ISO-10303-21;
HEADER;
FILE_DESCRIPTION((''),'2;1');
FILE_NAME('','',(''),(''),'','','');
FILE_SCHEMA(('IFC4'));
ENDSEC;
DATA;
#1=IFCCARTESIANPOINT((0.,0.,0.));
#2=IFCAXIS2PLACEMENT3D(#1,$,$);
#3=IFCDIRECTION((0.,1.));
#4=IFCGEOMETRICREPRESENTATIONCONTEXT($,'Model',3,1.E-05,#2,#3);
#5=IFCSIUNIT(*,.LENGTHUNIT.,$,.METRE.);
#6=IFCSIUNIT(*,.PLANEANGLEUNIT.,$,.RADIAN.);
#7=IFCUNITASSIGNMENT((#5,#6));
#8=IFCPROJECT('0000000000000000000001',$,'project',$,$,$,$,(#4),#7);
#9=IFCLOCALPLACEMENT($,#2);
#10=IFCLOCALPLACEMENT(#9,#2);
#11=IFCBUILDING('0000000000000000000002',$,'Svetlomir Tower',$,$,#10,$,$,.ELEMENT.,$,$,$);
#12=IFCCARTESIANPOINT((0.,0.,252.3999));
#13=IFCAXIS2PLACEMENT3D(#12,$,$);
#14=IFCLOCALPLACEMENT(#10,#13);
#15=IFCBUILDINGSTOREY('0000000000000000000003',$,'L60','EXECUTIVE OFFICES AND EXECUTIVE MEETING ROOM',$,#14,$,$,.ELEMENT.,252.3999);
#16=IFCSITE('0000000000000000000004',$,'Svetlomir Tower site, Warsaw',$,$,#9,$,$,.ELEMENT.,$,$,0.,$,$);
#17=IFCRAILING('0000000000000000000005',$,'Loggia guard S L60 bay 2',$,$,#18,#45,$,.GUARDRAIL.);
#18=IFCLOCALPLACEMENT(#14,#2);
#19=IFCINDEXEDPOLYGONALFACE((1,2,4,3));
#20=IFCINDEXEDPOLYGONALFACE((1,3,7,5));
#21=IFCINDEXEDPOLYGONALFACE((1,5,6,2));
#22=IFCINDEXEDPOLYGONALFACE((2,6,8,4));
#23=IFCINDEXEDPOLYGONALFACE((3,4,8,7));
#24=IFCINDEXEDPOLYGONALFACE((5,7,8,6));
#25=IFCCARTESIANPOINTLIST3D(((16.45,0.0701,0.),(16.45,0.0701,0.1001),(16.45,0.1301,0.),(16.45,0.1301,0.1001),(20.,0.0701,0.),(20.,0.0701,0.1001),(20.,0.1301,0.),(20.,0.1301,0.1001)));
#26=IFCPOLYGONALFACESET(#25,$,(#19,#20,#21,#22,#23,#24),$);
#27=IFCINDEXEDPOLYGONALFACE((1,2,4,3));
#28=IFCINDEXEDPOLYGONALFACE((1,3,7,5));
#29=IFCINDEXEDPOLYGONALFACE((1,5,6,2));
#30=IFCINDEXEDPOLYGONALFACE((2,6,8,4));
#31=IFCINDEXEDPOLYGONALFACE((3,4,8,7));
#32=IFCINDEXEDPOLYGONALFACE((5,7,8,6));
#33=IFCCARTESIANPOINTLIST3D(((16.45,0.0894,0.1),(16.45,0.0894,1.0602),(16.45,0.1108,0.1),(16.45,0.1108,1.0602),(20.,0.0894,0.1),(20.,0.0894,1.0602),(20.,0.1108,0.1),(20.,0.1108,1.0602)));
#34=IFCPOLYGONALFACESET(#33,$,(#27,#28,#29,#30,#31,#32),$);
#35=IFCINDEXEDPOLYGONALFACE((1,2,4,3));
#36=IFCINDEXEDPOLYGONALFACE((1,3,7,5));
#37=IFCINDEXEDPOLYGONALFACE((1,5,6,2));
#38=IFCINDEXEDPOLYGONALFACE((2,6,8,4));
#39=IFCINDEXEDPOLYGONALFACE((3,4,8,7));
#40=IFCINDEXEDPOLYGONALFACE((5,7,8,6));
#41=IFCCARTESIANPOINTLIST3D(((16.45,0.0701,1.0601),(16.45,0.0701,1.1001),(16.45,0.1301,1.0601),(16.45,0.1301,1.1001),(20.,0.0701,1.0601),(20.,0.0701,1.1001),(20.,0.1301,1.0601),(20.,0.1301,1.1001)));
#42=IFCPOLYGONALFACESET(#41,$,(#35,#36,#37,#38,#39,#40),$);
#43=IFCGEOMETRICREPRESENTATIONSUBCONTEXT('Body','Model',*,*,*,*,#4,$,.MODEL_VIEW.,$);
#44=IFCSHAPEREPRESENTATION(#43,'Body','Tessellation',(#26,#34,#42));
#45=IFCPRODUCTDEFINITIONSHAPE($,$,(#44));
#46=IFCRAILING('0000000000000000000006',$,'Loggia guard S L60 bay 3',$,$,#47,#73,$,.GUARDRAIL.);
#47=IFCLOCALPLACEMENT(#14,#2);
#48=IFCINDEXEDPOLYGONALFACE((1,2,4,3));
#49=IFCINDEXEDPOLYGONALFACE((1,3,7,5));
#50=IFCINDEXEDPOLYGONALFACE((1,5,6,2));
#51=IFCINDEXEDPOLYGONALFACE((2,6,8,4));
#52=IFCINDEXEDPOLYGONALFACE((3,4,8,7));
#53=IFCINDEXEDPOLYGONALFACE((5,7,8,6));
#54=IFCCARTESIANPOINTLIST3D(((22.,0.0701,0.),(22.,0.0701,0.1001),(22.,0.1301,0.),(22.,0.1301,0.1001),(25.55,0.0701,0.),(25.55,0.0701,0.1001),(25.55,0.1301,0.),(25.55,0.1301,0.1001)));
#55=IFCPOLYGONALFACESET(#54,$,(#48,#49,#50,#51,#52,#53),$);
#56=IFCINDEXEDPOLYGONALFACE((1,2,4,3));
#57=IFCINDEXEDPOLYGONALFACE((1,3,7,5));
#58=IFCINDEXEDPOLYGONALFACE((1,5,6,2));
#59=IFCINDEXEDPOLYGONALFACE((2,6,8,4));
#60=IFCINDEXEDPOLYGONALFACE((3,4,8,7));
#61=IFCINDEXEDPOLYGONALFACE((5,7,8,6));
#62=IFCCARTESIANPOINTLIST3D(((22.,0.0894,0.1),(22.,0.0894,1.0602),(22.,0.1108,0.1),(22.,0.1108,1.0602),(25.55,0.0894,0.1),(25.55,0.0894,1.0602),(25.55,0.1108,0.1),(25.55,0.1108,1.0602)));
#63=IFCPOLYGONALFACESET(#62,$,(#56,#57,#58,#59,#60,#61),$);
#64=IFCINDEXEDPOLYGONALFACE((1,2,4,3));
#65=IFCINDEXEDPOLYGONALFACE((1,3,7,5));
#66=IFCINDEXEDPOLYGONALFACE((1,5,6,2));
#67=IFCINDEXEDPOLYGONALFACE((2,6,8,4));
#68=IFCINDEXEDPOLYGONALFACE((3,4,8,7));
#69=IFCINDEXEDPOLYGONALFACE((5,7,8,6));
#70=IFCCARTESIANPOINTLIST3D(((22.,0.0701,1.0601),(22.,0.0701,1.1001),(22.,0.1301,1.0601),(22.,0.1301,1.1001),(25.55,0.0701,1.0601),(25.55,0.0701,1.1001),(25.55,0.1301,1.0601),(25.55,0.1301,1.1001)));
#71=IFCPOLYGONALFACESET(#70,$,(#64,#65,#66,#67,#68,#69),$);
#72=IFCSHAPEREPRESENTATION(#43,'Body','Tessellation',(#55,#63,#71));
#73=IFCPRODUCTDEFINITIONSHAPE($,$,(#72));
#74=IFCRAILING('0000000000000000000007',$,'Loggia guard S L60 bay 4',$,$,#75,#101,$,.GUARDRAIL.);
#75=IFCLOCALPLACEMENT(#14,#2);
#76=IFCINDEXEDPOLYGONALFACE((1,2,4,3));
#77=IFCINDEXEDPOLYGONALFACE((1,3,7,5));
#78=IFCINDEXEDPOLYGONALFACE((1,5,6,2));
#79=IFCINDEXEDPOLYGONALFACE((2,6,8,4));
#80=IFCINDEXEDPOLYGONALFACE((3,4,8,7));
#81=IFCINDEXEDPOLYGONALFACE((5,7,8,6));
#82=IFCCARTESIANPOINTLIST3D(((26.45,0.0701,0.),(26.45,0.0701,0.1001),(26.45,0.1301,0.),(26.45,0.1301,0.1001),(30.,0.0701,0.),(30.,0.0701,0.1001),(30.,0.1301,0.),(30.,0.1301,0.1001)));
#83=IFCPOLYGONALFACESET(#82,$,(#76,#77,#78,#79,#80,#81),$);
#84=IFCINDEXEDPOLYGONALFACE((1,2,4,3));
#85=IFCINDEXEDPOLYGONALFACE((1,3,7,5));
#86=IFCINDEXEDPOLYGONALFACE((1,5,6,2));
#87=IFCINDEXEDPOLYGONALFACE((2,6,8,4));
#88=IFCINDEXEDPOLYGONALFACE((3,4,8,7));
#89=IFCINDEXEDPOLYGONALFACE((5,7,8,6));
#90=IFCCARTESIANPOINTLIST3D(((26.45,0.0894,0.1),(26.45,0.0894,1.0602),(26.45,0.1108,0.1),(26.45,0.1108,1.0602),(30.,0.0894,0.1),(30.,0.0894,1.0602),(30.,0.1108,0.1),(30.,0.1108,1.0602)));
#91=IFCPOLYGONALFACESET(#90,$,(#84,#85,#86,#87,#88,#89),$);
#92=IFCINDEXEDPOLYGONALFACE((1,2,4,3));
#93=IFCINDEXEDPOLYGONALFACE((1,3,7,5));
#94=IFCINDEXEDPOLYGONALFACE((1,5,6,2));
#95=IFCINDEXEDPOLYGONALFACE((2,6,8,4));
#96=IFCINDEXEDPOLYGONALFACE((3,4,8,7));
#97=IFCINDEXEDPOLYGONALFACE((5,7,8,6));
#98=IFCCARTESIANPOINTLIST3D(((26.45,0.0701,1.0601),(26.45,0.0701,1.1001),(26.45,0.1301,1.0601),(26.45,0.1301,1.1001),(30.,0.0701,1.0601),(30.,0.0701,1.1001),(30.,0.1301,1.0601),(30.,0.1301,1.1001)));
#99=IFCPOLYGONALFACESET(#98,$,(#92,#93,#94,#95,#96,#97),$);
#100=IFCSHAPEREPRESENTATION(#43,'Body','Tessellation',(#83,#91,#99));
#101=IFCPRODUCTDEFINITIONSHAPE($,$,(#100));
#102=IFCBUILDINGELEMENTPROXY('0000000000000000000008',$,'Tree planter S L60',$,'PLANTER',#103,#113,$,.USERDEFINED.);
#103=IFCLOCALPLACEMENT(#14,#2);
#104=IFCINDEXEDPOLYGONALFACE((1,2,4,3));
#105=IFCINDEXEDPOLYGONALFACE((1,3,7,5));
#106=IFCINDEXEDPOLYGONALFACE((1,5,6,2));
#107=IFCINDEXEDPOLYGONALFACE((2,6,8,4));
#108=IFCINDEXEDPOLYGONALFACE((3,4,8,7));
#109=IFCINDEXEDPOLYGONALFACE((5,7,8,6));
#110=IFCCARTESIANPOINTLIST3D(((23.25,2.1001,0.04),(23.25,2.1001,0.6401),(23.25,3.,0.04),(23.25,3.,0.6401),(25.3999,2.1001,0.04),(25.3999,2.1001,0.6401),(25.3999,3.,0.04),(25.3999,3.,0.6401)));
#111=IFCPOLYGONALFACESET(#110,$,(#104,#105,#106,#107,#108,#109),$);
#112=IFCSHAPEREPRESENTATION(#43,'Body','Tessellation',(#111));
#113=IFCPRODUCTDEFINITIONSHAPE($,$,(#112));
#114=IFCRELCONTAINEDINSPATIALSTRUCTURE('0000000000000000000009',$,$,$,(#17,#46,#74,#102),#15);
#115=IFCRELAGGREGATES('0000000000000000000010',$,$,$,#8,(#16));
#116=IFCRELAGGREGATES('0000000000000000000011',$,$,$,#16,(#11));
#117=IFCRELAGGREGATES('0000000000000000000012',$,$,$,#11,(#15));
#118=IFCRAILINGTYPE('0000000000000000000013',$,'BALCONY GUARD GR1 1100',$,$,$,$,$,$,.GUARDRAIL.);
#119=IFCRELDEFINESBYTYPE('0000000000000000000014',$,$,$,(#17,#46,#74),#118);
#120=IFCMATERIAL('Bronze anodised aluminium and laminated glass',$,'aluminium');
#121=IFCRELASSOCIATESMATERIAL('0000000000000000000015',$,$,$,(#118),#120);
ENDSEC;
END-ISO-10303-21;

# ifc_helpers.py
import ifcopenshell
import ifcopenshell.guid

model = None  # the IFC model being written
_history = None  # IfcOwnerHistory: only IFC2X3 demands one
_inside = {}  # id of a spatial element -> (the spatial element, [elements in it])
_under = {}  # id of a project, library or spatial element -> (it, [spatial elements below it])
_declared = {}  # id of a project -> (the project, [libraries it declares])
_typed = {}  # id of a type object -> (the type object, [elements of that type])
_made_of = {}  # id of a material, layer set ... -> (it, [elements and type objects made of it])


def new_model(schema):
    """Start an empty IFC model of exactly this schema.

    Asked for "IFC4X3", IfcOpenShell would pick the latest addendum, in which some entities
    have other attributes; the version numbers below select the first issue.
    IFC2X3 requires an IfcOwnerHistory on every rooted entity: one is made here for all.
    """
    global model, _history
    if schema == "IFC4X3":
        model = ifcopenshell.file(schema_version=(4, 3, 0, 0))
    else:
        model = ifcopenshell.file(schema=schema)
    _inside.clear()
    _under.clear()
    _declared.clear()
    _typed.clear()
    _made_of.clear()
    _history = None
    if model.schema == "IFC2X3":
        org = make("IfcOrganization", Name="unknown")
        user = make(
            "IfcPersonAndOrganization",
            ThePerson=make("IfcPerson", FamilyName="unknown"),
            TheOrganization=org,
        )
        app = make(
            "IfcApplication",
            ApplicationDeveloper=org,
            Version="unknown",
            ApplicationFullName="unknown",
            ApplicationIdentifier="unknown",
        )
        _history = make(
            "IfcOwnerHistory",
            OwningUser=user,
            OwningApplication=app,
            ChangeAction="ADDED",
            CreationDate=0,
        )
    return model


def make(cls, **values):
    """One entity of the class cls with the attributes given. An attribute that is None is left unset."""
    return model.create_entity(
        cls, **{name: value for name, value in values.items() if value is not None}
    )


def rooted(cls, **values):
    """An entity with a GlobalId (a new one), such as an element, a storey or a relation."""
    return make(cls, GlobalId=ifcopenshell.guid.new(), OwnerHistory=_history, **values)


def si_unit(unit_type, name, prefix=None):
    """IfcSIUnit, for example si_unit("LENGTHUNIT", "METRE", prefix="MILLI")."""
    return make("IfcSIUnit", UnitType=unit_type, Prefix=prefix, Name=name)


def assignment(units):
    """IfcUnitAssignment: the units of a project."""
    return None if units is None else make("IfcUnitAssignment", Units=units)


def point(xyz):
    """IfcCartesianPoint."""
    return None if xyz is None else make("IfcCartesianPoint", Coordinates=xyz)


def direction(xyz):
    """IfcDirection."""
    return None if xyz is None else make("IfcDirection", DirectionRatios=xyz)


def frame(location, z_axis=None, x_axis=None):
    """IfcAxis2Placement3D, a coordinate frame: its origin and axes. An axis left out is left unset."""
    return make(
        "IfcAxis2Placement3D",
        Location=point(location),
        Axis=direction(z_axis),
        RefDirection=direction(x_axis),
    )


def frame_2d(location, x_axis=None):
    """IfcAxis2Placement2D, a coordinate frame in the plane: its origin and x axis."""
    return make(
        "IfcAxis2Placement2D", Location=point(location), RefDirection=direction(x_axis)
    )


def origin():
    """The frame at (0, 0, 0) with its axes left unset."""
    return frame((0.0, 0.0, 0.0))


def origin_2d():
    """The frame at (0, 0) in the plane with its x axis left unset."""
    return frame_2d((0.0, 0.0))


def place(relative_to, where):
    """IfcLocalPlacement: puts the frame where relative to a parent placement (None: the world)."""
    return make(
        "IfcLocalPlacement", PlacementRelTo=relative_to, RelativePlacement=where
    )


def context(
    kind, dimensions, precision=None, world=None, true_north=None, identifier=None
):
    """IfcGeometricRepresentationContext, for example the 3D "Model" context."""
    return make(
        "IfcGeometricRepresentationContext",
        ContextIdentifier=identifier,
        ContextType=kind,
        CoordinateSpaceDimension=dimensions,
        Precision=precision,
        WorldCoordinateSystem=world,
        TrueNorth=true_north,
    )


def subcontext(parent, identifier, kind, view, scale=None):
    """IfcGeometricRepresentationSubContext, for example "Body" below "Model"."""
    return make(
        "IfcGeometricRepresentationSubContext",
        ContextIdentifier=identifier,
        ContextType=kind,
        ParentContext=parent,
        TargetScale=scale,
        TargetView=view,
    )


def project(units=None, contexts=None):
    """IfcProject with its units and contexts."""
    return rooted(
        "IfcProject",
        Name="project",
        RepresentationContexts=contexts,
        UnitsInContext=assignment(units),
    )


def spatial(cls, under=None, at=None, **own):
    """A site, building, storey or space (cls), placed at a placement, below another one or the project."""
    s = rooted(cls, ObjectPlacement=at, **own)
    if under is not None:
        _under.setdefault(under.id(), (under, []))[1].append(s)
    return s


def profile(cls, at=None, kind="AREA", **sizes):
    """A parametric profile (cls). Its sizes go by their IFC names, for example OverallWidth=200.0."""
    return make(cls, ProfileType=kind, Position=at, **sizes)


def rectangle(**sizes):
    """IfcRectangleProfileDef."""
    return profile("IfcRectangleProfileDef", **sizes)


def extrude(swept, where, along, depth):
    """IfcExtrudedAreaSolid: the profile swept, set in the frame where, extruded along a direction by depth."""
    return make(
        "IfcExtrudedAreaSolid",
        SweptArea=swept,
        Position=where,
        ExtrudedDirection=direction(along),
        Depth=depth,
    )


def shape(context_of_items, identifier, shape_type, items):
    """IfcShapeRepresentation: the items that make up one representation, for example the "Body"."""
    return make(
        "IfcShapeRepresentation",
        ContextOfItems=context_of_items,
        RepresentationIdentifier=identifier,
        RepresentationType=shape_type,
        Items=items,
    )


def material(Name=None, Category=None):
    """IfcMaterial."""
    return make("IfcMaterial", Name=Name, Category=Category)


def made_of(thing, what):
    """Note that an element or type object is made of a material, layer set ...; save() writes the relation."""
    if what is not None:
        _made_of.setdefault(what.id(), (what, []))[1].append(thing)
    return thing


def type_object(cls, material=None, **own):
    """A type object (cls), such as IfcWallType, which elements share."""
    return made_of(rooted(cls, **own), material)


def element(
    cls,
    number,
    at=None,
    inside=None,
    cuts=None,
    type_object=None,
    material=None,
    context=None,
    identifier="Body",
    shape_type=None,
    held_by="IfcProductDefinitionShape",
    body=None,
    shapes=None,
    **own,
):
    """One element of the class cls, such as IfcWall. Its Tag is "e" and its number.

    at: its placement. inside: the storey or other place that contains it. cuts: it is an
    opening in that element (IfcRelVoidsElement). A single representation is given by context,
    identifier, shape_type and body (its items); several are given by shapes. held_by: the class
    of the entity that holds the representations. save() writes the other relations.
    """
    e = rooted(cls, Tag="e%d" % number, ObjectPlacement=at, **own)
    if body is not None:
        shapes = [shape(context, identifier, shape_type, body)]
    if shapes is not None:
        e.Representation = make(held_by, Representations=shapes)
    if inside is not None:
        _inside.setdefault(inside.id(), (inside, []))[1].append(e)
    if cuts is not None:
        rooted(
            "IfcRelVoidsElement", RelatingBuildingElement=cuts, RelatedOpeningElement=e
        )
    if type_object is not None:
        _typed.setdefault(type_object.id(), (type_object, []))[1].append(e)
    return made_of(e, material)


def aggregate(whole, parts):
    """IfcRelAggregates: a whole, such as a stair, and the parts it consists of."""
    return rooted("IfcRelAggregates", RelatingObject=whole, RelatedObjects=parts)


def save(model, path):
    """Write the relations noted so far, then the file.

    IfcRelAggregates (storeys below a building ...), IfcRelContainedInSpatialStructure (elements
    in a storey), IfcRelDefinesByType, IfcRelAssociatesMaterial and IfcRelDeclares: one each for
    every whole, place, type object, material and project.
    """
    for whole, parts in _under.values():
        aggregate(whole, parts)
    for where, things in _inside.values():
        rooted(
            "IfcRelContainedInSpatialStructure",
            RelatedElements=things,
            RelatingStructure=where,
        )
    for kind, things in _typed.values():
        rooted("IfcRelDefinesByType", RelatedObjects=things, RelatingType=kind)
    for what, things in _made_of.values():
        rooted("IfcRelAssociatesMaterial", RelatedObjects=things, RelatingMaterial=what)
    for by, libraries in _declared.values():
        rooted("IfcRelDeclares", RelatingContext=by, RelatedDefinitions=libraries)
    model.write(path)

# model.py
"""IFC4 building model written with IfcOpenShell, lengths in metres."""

from ifc_helpers import new_model, si_unit, direction, frame, origin, origin_2d, place, context, subcontext, project, spatial, rectangle, extrude, material, type_object, element, save


model = new_model("IFC4")

# Units and contexts
model_context = context("Model", 3, precision=1e-05, world=origin(), true_north=direction((0.0, 1.0)))
body_context = subcontext(model_context, "Body", "Model", "MODEL_VIEW")
ifc_project = project(units=[si_unit("LENGTHUNIT", "METRE"), si_unit("PLANEANGLEUNIT", "RADIAN")], contexts=[model_context])

# Site, building, storey
site_placement = place(None, origin())
site = spatial("IfcSite", under=ifc_project, at=site_placement, Name="Svetlomir Tower site, Warsaw", CompositionType="ELEMENT", RefElevation=0.0)
building_placement = place(site_placement, origin())
building = spatial("IfcBuilding", under=site, at=building_placement, Name="Svetlomir Tower", CompositionType="ELEMENT")
storey_placement = place(building_placement, frame((0.0, 0.0, 252.3999)))
storey = spatial("IfcBuildingStorey", under=building, at=storey_placement, Name="L60", Description="EXECUTIVE OFFICES AND EXECUTIVE MEETING ROOM", CompositionType="ELEMENT", Elevation=252.3999)

# Railings
ifc_material_1 = material(Name="Bronze anodised aluminium and laminated glass", Category="aluminium")
railing_type = type_object("IfcRailingType", Name="BALCONY GUARD GR1 1100", PredefinedType="GUARDRAIL", material=ifc_material_1)
for number, where, name in (
    (1, (16.45, 0.1001, 0.0), "Loggia guard S L60 bay 2"),
    (2, (22.0, 0.1001, 0.0), "Loggia guard S L60 bay 3"),
    (3, (26.45, 0.1001, 0.0), "Loggia guard S L60 bay 4"),
):
    element("IfcRailing", number, at=place(storey_placement, frame(where)), inside=storey, type_object=railing_type, Name=name, PredefinedType="GUARDRAIL", context=body_context, shape_type="SweptSolid", body=[
        extrude(rectangle(XDim=0.0601, YDim=0.1001, at=origin_2d()), frame((0.0, 0.0, 0.05), z_axis=(1.0, 0.0, 0.0), x_axis=(0.0, 1.0, 0.0)), (0.0, 0.0, 1.0), 3.55),
        extrude(rectangle(XDim=0.0215, YDim=0.9602, at=origin_2d()), frame((0.0, 0.0, 0.5801), z_axis=(1.0, 0.0, 0.0), x_axis=(0.0, 1.0, 0.0)), (0.0, 0.0, 1.0), 3.55),
        extrude(rectangle(XDim=0.0601, YDim=0.04, at=origin_2d()), frame((0.0, 0.0, 1.0801), z_axis=(1.0, 0.0, 0.0), x_axis=(0.0, 1.0, 0.0)), (0.0, 0.0, 1.0), 3.55),
    ])

# Building element proxy
proxy_placement = place(storey_placement, frame((24.325, 2.55, 0.04), z_axis=(0.0, 0.0, 1.0), x_axis=(1.0, 0.0, 0.0)))
element("IfcBuildingElementProxy", 4, at=proxy_placement, inside=storey, Name="Tree planter S L60", ObjectType="PLANTER", PredefinedType="USERDEFINED", context=body_context, shape_type="SweptSolid", body=[
    extrude(rectangle(XDim=2.1499, YDim=0.8999, at=origin_2d()), origin(), (0.0, 0.0, 1.0), 0.6001),
])

save(model, "model.ifc")
